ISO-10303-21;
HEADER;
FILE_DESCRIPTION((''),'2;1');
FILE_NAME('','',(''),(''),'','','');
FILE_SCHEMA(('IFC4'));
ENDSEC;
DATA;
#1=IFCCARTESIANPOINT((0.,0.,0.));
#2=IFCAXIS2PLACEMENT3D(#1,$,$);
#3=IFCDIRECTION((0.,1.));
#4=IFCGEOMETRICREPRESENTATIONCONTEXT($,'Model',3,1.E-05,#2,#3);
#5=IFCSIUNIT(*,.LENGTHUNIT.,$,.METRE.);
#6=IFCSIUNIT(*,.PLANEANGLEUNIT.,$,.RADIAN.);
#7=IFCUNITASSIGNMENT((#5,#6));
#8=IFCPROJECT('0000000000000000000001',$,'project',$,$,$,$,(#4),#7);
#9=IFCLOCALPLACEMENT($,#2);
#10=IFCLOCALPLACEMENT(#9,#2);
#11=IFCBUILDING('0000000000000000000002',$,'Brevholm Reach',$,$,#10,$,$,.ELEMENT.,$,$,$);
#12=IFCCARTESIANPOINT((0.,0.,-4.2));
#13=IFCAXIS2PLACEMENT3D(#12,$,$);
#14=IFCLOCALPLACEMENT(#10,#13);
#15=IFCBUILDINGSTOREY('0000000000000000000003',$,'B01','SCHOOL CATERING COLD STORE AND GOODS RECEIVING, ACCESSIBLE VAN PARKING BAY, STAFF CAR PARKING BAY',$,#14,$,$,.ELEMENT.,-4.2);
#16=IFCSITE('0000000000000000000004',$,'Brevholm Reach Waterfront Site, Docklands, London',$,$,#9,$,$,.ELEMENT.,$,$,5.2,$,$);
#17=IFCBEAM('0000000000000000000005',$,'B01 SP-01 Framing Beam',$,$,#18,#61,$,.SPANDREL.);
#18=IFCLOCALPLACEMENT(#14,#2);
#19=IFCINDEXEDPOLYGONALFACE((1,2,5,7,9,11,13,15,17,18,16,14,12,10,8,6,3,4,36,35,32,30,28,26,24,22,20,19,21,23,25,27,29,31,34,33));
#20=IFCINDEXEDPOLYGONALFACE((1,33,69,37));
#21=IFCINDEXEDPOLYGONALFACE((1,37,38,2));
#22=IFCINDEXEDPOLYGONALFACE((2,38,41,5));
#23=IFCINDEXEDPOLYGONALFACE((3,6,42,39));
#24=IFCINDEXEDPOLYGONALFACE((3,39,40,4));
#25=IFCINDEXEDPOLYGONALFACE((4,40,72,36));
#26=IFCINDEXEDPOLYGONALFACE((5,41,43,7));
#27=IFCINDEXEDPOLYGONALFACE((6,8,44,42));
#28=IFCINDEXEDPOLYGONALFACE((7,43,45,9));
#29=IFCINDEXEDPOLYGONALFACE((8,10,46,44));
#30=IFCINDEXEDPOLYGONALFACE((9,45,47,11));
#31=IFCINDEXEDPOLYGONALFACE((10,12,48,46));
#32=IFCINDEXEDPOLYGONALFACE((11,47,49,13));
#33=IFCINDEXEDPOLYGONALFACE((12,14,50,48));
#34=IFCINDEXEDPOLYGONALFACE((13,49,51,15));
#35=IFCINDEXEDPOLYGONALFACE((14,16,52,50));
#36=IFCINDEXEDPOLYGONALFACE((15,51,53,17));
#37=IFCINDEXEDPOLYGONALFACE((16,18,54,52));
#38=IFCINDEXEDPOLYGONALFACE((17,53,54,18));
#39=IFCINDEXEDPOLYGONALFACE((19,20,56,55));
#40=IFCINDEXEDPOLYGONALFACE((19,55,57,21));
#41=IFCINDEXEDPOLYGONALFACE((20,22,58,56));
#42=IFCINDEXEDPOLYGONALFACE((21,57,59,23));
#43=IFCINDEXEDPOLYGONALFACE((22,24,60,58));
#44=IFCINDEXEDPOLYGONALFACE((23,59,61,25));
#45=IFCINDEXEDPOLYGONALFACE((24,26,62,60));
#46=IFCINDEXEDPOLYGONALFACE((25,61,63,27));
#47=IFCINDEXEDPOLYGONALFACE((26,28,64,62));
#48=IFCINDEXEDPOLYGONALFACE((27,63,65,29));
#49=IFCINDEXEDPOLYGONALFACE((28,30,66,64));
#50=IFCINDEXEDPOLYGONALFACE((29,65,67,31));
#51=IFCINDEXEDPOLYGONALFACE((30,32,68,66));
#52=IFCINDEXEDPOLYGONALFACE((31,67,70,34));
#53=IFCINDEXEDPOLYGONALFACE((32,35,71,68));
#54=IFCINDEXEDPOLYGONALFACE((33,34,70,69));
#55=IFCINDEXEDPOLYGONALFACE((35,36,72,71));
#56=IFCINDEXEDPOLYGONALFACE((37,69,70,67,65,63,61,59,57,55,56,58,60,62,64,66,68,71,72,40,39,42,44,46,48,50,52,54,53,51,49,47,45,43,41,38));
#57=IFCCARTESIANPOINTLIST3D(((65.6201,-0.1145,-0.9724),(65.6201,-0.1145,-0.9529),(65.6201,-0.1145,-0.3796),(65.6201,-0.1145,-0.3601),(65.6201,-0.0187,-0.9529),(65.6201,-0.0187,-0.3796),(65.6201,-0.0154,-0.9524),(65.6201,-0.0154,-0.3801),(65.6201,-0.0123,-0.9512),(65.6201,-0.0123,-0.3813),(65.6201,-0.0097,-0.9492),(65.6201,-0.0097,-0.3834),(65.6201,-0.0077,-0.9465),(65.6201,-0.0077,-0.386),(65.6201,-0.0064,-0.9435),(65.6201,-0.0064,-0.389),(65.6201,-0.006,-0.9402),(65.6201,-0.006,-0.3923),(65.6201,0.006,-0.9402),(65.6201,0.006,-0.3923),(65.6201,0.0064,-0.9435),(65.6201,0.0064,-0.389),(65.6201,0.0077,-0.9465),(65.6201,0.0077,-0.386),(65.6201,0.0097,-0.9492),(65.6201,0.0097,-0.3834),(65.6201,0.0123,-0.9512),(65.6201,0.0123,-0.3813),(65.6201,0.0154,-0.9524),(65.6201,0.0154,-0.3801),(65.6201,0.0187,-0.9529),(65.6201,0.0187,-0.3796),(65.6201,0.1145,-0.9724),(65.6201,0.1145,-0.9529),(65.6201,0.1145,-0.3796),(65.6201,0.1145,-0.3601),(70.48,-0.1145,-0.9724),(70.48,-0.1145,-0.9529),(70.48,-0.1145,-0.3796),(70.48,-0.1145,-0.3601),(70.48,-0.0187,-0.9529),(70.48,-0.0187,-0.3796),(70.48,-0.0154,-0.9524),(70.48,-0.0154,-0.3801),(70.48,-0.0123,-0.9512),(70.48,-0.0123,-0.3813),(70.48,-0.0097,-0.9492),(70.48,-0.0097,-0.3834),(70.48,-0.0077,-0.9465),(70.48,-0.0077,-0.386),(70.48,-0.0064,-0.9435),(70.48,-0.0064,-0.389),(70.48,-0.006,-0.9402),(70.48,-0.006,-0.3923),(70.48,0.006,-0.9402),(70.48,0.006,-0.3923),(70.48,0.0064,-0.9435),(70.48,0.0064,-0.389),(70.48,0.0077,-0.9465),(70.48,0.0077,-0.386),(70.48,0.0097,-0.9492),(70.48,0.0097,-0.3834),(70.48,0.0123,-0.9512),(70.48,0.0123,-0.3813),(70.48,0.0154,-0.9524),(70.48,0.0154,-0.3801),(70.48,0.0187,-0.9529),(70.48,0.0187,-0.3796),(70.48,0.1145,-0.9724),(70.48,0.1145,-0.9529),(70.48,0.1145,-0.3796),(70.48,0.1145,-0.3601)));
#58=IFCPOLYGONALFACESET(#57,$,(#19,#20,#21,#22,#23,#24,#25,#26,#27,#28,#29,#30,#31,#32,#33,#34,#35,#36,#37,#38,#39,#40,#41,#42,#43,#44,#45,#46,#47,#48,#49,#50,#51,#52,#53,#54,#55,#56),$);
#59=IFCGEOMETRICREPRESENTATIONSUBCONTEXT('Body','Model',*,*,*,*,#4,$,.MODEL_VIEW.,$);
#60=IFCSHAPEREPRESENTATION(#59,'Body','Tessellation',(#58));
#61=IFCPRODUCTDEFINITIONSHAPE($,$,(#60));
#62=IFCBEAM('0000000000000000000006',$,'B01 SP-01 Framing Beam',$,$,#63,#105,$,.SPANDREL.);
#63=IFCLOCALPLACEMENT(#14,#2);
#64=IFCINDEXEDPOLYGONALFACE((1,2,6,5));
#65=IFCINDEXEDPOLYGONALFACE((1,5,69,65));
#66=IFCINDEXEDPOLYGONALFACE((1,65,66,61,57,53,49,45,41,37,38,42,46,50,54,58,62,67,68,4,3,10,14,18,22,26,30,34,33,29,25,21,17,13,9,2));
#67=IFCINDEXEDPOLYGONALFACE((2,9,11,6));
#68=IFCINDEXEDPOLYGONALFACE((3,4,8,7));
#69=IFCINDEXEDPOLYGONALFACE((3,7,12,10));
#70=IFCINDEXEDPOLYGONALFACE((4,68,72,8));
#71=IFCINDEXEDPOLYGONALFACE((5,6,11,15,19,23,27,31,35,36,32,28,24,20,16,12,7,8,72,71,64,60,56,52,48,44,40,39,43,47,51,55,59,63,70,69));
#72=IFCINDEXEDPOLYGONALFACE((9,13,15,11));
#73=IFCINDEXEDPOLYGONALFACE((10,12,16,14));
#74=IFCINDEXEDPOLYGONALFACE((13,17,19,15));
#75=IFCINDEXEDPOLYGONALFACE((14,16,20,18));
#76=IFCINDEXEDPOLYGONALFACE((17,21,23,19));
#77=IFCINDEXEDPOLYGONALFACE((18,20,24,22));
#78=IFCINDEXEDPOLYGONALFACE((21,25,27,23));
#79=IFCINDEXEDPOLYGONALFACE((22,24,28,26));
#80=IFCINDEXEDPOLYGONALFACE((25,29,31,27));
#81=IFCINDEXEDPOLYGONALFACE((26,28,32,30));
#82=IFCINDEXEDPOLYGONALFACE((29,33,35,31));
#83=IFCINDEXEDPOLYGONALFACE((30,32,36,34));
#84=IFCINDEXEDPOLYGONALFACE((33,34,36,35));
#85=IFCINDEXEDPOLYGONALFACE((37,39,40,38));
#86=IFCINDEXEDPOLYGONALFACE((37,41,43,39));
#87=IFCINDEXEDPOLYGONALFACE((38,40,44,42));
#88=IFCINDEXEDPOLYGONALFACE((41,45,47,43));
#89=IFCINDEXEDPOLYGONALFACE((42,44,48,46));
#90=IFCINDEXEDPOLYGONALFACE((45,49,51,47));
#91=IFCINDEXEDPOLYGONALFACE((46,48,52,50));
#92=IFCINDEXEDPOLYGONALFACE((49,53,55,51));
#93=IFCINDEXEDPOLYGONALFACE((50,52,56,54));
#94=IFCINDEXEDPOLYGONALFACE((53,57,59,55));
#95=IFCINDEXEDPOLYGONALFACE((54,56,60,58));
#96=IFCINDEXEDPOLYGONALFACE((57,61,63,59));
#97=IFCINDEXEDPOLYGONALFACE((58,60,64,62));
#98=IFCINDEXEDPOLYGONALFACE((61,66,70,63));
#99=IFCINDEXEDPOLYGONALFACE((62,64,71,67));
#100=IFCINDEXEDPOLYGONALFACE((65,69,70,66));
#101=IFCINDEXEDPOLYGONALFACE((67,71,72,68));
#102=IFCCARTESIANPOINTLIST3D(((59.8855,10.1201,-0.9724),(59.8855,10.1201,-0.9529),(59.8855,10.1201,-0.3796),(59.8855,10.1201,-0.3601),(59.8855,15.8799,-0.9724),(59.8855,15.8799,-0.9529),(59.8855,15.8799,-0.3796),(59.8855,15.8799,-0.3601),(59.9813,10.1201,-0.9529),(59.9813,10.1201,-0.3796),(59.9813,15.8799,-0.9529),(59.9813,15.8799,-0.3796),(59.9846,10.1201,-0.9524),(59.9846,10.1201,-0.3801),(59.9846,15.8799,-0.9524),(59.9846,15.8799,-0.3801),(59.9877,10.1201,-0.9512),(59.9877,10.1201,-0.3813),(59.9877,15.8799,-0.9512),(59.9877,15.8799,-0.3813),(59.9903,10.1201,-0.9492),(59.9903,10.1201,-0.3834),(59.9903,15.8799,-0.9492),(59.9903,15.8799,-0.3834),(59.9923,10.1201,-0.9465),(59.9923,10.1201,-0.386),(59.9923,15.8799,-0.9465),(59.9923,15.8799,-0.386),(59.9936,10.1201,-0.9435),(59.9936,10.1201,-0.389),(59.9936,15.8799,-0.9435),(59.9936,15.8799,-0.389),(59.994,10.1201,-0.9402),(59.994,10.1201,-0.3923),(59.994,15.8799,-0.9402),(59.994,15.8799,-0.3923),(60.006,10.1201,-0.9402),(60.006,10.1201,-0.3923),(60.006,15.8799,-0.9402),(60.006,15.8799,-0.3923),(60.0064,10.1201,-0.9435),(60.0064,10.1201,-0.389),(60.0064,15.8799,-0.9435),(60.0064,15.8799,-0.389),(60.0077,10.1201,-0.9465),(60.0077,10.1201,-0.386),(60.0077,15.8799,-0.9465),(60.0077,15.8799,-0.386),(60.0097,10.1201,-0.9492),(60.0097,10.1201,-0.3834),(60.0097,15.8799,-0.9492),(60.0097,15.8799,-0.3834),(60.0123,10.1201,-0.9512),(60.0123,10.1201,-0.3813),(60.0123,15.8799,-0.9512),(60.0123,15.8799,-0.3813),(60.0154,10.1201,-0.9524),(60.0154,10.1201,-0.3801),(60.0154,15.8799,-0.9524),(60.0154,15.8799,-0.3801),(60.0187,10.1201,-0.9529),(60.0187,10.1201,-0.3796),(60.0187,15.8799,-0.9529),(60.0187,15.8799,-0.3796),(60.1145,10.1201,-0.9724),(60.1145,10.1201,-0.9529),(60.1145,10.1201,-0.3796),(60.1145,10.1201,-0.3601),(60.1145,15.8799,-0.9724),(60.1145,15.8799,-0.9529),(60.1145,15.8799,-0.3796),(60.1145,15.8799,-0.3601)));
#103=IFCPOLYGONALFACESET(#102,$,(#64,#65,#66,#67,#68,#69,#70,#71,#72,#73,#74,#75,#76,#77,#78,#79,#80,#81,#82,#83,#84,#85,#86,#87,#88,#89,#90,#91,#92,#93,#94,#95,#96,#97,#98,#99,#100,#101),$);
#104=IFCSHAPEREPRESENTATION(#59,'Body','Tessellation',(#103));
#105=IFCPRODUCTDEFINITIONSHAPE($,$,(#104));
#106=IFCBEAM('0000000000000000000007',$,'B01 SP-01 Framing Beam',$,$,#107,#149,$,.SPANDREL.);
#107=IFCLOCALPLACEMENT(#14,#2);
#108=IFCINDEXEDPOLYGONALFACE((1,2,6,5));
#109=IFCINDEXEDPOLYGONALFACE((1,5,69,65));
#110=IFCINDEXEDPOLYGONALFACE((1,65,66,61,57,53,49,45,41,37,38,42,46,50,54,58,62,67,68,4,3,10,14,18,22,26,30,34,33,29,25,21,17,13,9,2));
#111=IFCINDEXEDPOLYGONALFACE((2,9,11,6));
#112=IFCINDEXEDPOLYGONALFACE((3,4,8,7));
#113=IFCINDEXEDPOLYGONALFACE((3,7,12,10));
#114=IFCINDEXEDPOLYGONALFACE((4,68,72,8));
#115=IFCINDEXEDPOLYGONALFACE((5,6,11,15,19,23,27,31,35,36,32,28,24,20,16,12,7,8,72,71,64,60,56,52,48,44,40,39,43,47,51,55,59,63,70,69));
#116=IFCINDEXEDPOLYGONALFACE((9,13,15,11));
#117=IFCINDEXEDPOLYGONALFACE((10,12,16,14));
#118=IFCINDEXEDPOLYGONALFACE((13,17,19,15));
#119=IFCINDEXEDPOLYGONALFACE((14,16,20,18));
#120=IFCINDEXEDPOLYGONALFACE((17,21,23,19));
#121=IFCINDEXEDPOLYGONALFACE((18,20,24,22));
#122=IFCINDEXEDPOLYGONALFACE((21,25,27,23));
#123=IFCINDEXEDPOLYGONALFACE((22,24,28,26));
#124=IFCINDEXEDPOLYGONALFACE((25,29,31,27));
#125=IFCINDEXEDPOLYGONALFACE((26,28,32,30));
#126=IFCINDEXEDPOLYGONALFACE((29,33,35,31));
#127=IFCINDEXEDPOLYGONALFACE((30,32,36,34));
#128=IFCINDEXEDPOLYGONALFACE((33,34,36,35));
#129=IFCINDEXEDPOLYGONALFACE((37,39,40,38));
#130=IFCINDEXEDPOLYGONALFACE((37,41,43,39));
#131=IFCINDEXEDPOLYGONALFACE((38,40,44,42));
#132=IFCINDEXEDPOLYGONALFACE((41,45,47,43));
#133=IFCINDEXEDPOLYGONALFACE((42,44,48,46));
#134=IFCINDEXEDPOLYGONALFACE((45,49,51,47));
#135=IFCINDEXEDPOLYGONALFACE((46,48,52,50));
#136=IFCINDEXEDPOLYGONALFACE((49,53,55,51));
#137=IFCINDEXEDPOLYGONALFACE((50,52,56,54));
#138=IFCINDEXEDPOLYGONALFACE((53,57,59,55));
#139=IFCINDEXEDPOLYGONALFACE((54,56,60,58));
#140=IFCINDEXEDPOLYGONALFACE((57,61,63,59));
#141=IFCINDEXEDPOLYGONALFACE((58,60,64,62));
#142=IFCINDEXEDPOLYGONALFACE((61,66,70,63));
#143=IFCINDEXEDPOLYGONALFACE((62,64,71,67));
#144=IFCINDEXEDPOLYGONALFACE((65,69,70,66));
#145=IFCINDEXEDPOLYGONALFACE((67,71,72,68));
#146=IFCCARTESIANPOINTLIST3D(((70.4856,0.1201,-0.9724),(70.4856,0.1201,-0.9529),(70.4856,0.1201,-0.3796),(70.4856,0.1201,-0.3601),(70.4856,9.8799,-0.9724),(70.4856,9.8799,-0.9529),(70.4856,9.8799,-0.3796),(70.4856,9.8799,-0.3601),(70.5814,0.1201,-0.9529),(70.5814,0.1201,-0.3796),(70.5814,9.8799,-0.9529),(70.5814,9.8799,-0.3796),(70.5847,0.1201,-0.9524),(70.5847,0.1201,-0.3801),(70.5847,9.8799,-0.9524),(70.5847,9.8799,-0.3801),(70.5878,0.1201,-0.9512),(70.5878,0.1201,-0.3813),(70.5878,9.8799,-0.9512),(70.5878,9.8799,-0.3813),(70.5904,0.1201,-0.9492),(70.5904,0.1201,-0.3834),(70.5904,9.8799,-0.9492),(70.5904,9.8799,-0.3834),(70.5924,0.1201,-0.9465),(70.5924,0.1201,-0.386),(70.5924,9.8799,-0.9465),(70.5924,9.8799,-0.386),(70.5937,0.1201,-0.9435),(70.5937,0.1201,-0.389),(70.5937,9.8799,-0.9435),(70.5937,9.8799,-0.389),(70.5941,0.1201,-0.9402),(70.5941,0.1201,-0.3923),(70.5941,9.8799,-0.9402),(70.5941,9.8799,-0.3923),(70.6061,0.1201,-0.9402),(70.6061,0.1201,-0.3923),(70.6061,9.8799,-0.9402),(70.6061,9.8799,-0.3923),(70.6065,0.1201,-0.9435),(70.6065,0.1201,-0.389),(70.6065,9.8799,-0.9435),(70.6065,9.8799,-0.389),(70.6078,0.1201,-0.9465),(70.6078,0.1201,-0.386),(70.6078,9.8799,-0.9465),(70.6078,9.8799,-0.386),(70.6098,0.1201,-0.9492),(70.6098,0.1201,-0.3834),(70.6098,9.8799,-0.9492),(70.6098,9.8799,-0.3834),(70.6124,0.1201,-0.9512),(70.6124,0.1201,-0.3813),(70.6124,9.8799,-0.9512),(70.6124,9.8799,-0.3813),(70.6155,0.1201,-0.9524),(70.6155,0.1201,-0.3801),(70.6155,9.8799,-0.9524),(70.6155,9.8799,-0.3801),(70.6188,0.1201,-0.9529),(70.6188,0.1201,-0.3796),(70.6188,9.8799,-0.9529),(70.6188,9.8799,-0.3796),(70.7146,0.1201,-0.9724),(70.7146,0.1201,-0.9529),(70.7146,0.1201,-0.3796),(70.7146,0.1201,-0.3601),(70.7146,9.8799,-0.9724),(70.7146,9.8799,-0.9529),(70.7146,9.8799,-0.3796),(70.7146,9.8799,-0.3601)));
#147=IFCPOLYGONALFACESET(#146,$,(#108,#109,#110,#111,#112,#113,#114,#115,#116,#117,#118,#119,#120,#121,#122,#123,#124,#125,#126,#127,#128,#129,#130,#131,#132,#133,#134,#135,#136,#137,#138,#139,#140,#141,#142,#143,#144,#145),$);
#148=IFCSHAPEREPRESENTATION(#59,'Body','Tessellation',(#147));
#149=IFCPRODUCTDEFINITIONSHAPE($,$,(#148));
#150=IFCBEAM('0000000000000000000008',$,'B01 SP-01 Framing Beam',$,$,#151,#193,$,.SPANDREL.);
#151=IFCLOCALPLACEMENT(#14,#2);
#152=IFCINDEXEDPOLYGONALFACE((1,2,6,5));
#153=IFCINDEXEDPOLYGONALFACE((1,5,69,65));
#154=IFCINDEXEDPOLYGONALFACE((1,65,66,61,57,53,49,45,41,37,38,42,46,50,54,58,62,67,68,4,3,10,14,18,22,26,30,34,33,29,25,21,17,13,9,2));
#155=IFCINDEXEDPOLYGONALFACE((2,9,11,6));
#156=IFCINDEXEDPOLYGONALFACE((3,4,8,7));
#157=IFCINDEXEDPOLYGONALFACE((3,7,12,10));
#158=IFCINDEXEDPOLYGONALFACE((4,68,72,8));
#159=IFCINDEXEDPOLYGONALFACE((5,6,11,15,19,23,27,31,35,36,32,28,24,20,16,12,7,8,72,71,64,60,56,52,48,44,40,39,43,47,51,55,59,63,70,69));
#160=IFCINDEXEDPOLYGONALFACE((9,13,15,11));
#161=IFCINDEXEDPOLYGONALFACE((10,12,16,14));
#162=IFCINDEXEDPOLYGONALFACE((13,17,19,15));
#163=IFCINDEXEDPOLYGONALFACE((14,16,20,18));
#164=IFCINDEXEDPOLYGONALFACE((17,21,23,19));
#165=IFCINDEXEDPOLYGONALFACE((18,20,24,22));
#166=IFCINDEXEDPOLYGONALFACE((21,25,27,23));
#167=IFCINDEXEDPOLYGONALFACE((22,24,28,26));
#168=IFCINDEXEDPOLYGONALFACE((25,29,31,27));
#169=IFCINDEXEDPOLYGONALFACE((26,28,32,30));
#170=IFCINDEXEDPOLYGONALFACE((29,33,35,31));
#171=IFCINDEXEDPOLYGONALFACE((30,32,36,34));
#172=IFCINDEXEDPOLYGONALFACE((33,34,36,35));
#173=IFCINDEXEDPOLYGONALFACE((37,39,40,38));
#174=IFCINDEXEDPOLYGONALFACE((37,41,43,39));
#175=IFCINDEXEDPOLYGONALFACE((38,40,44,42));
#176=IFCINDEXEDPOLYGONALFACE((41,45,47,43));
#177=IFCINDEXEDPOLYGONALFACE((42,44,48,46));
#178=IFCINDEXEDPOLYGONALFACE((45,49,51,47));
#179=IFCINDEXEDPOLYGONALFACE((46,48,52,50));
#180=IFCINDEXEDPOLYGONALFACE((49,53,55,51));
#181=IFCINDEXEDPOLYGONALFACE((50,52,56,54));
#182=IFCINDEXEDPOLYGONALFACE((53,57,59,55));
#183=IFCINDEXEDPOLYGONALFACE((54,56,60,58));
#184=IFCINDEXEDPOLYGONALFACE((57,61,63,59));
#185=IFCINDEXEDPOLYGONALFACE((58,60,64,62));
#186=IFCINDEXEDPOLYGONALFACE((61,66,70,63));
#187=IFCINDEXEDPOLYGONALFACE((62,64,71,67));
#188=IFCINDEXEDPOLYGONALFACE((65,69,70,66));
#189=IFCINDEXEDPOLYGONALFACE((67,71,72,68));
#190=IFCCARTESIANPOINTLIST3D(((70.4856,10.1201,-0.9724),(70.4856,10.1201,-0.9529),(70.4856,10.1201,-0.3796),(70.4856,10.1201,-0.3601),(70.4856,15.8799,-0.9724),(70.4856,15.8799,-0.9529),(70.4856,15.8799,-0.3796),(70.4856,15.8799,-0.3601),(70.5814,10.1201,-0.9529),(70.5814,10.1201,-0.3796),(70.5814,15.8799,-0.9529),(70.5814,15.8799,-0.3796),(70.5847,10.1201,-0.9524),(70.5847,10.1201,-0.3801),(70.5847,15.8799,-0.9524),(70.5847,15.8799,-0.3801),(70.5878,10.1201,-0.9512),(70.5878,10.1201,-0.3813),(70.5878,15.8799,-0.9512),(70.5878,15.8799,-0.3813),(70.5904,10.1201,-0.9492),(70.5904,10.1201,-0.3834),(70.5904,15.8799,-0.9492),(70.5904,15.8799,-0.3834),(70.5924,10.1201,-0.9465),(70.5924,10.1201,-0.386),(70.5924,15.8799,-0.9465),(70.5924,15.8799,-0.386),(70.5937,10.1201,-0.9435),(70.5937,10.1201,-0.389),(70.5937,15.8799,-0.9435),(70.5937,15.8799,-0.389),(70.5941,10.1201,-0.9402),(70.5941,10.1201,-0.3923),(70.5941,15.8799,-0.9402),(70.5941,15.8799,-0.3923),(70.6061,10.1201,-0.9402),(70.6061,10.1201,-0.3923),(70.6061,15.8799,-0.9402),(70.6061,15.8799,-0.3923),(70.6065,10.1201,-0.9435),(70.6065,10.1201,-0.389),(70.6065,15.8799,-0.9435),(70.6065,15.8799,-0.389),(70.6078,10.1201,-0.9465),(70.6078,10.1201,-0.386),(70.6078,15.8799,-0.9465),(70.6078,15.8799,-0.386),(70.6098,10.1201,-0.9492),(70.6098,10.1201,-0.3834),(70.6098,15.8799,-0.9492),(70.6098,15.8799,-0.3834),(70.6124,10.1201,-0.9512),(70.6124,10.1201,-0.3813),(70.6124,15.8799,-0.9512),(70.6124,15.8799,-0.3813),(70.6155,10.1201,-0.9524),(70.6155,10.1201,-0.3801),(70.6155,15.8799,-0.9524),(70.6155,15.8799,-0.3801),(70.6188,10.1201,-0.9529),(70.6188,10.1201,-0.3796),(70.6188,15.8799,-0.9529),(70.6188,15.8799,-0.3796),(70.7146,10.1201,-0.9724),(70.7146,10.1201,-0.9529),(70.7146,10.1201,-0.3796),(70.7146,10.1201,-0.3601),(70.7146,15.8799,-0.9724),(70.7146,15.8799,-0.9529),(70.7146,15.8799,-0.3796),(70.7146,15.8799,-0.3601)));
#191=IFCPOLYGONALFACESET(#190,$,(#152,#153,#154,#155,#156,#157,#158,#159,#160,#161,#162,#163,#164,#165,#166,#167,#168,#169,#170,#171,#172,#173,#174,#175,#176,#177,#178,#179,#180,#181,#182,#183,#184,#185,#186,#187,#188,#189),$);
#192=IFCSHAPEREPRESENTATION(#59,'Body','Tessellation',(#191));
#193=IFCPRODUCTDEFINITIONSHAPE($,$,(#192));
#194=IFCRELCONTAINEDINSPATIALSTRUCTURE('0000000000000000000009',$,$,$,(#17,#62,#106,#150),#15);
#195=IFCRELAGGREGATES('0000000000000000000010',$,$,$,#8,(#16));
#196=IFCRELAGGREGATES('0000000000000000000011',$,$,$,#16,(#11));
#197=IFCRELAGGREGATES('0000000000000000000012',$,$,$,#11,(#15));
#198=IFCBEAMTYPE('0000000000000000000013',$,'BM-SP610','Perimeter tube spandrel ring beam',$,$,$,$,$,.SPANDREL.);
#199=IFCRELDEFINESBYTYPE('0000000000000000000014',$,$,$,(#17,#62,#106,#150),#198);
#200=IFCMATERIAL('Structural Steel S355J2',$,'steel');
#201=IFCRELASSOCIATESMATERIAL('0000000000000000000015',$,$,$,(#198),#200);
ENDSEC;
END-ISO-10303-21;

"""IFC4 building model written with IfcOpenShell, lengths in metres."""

from ifc_helpers import new_model, si_unit, direction, frame, origin, origin_2d, place, context, subcontext, project, spatial, i_section, extrude, material, material_profile, profile_set, type_object, element, save


model = new_model("IFC4")

# Units and contexts
model_context = context("Model", 3, precision=1e-05, world=origin(), true_north=direction((0.0, 1.0)))
body_context = subcontext(model_context, "Body", "Model", "MODEL_VIEW")
ifc_project = project(units=[si_unit("LENGTHUNIT", "METRE"), si_unit("PLANEANGLEUNIT", "RADIAN")], contexts=[model_context])

# Site, building, storey
site_placement = place(None, origin())
site = spatial("IfcSite", under=ifc_project, at=site_placement, Name="Brevholm Reach Waterfront Site, Docklands, London", CompositionType="ELEMENT", RefElevation=5.2)
building_placement = place(site_placement, origin())
building = spatial("IfcBuilding", under=site, at=building_placement, Name="Brevholm Reach", CompositionType="ELEMENT")
storey_placement = place(building_placement, frame((0.0, 0.0, -4.2)))
storey = spatial("IfcBuildingStorey", under=building, at=storey_placement, Name="B01", Description="SCHOOL CATERING COLD STORE AND GOODS RECEIVING, ACCESSIBLE VAN PARKING BAY, STAFF CAR PARKING BAY", CompositionType="ELEMENT", Elevation=-4.2)

# Beams
ifc_material_1 = material(Name="Structural Steel S355J2", Category="steel")
ifc_material_profile_1 = material_profile(ifc_material_1, i_section(OverallWidth=0.229, OverallDepth=0.6123, WebThickness=0.012, FlangeThickness=0.0195, FilletRadius=0.0127, at=origin_2d()), Name="UKB 610x229x125")
ifc_profile_set_1 = profile_set([ifc_material_profile_1], Name="Structural Steel S355J2")
beam_type_1 = type_object("IfcBeamType", Name="BM-SP610", Description="Perimeter tube spandrel ring beam", PredefinedType="SPANDREL", material=ifc_profile_set_1)
beam_1_placement = place(storey_placement, frame((65.6201, 0.0, -0.6663), z_axis=(1.0, 0.0, 0.0), x_axis=(0.0, 1.0, 0.0)))
element("IfcBeam", 1, at=beam_1_placement, inside=storey, type_object=beam_type_1, Name="B01 SP-01 Framing Beam", PredefinedType="SPANDREL", context=body_context, shape_type="SweptSolid", body=[
    extrude(i_section(OverallWidth=0.229, OverallDepth=0.6123, WebThickness=0.012, FlangeThickness=0.0195, FilletRadius=0.0127, at=origin_2d()), origin(), (0.0, 0.0, 1.0), 4.8599),
])
beam_2_placement = place(storey_placement, frame((60.0, 10.1201, -0.6663), z_axis=(0.0, 1.0, 0.0), x_axis=(-1.0, 0.0, 0.0)))
element("IfcBeam", 2, at=beam_2_placement, inside=storey, type_object=beam_type_1, Name="B01 SP-01 Framing Beam", PredefinedType="SPANDREL", context=body_context, shape_type="SweptSolid", body=[
    extrude(i_section(OverallWidth=0.229, OverallDepth=0.6123, WebThickness=0.012, FlangeThickness=0.0195, FilletRadius=0.0127, at=origin_2d()), origin(), (0.0, 0.0, 1.0), 5.7598),
])
beam_3_placement = place(storey_placement, frame((70.6001, 0.1201, -0.6663), z_axis=(0.0, 1.0, 0.0), x_axis=(-1.0, 0.0, 0.0)))
element("IfcBeam", 3, at=beam_3_placement, inside=storey, type_object=beam_type_1, Name="B01 SP-01 Framing Beam", PredefinedType="SPANDREL", context=body_context, shape_type="SweptSolid", body=[
    extrude(i_section(OverallWidth=0.229, OverallDepth=0.6123, WebThickness=0.012, FlangeThickness=0.0195, FilletRadius=0.0127, at=origin_2d()), origin(), (0.0, 0.0, 1.0), 9.7598),
])
beam_4_placement = place(storey_placement, frame((70.6001, 10.1201, -0.6663), z_axis=(0.0, 1.0, 0.0), x_axis=(-1.0, 0.0, 0.0)))
element("IfcBeam", 4, at=beam_4_placement, inside=storey, type_object=beam_type_1, Name="B01 SP-01 Framing Beam", PredefinedType="SPANDREL", context=body_context, shape_type="SweptSolid", body=[
    extrude(i_section(OverallWidth=0.229, OverallDepth=0.6123, WebThickness=0.012, FlangeThickness=0.0195, FilletRadius=0.0127, at=origin_2d()), origin(), (0.0, 0.0, 1.0), 5.7598),
])

save(model, "model.ifc")
